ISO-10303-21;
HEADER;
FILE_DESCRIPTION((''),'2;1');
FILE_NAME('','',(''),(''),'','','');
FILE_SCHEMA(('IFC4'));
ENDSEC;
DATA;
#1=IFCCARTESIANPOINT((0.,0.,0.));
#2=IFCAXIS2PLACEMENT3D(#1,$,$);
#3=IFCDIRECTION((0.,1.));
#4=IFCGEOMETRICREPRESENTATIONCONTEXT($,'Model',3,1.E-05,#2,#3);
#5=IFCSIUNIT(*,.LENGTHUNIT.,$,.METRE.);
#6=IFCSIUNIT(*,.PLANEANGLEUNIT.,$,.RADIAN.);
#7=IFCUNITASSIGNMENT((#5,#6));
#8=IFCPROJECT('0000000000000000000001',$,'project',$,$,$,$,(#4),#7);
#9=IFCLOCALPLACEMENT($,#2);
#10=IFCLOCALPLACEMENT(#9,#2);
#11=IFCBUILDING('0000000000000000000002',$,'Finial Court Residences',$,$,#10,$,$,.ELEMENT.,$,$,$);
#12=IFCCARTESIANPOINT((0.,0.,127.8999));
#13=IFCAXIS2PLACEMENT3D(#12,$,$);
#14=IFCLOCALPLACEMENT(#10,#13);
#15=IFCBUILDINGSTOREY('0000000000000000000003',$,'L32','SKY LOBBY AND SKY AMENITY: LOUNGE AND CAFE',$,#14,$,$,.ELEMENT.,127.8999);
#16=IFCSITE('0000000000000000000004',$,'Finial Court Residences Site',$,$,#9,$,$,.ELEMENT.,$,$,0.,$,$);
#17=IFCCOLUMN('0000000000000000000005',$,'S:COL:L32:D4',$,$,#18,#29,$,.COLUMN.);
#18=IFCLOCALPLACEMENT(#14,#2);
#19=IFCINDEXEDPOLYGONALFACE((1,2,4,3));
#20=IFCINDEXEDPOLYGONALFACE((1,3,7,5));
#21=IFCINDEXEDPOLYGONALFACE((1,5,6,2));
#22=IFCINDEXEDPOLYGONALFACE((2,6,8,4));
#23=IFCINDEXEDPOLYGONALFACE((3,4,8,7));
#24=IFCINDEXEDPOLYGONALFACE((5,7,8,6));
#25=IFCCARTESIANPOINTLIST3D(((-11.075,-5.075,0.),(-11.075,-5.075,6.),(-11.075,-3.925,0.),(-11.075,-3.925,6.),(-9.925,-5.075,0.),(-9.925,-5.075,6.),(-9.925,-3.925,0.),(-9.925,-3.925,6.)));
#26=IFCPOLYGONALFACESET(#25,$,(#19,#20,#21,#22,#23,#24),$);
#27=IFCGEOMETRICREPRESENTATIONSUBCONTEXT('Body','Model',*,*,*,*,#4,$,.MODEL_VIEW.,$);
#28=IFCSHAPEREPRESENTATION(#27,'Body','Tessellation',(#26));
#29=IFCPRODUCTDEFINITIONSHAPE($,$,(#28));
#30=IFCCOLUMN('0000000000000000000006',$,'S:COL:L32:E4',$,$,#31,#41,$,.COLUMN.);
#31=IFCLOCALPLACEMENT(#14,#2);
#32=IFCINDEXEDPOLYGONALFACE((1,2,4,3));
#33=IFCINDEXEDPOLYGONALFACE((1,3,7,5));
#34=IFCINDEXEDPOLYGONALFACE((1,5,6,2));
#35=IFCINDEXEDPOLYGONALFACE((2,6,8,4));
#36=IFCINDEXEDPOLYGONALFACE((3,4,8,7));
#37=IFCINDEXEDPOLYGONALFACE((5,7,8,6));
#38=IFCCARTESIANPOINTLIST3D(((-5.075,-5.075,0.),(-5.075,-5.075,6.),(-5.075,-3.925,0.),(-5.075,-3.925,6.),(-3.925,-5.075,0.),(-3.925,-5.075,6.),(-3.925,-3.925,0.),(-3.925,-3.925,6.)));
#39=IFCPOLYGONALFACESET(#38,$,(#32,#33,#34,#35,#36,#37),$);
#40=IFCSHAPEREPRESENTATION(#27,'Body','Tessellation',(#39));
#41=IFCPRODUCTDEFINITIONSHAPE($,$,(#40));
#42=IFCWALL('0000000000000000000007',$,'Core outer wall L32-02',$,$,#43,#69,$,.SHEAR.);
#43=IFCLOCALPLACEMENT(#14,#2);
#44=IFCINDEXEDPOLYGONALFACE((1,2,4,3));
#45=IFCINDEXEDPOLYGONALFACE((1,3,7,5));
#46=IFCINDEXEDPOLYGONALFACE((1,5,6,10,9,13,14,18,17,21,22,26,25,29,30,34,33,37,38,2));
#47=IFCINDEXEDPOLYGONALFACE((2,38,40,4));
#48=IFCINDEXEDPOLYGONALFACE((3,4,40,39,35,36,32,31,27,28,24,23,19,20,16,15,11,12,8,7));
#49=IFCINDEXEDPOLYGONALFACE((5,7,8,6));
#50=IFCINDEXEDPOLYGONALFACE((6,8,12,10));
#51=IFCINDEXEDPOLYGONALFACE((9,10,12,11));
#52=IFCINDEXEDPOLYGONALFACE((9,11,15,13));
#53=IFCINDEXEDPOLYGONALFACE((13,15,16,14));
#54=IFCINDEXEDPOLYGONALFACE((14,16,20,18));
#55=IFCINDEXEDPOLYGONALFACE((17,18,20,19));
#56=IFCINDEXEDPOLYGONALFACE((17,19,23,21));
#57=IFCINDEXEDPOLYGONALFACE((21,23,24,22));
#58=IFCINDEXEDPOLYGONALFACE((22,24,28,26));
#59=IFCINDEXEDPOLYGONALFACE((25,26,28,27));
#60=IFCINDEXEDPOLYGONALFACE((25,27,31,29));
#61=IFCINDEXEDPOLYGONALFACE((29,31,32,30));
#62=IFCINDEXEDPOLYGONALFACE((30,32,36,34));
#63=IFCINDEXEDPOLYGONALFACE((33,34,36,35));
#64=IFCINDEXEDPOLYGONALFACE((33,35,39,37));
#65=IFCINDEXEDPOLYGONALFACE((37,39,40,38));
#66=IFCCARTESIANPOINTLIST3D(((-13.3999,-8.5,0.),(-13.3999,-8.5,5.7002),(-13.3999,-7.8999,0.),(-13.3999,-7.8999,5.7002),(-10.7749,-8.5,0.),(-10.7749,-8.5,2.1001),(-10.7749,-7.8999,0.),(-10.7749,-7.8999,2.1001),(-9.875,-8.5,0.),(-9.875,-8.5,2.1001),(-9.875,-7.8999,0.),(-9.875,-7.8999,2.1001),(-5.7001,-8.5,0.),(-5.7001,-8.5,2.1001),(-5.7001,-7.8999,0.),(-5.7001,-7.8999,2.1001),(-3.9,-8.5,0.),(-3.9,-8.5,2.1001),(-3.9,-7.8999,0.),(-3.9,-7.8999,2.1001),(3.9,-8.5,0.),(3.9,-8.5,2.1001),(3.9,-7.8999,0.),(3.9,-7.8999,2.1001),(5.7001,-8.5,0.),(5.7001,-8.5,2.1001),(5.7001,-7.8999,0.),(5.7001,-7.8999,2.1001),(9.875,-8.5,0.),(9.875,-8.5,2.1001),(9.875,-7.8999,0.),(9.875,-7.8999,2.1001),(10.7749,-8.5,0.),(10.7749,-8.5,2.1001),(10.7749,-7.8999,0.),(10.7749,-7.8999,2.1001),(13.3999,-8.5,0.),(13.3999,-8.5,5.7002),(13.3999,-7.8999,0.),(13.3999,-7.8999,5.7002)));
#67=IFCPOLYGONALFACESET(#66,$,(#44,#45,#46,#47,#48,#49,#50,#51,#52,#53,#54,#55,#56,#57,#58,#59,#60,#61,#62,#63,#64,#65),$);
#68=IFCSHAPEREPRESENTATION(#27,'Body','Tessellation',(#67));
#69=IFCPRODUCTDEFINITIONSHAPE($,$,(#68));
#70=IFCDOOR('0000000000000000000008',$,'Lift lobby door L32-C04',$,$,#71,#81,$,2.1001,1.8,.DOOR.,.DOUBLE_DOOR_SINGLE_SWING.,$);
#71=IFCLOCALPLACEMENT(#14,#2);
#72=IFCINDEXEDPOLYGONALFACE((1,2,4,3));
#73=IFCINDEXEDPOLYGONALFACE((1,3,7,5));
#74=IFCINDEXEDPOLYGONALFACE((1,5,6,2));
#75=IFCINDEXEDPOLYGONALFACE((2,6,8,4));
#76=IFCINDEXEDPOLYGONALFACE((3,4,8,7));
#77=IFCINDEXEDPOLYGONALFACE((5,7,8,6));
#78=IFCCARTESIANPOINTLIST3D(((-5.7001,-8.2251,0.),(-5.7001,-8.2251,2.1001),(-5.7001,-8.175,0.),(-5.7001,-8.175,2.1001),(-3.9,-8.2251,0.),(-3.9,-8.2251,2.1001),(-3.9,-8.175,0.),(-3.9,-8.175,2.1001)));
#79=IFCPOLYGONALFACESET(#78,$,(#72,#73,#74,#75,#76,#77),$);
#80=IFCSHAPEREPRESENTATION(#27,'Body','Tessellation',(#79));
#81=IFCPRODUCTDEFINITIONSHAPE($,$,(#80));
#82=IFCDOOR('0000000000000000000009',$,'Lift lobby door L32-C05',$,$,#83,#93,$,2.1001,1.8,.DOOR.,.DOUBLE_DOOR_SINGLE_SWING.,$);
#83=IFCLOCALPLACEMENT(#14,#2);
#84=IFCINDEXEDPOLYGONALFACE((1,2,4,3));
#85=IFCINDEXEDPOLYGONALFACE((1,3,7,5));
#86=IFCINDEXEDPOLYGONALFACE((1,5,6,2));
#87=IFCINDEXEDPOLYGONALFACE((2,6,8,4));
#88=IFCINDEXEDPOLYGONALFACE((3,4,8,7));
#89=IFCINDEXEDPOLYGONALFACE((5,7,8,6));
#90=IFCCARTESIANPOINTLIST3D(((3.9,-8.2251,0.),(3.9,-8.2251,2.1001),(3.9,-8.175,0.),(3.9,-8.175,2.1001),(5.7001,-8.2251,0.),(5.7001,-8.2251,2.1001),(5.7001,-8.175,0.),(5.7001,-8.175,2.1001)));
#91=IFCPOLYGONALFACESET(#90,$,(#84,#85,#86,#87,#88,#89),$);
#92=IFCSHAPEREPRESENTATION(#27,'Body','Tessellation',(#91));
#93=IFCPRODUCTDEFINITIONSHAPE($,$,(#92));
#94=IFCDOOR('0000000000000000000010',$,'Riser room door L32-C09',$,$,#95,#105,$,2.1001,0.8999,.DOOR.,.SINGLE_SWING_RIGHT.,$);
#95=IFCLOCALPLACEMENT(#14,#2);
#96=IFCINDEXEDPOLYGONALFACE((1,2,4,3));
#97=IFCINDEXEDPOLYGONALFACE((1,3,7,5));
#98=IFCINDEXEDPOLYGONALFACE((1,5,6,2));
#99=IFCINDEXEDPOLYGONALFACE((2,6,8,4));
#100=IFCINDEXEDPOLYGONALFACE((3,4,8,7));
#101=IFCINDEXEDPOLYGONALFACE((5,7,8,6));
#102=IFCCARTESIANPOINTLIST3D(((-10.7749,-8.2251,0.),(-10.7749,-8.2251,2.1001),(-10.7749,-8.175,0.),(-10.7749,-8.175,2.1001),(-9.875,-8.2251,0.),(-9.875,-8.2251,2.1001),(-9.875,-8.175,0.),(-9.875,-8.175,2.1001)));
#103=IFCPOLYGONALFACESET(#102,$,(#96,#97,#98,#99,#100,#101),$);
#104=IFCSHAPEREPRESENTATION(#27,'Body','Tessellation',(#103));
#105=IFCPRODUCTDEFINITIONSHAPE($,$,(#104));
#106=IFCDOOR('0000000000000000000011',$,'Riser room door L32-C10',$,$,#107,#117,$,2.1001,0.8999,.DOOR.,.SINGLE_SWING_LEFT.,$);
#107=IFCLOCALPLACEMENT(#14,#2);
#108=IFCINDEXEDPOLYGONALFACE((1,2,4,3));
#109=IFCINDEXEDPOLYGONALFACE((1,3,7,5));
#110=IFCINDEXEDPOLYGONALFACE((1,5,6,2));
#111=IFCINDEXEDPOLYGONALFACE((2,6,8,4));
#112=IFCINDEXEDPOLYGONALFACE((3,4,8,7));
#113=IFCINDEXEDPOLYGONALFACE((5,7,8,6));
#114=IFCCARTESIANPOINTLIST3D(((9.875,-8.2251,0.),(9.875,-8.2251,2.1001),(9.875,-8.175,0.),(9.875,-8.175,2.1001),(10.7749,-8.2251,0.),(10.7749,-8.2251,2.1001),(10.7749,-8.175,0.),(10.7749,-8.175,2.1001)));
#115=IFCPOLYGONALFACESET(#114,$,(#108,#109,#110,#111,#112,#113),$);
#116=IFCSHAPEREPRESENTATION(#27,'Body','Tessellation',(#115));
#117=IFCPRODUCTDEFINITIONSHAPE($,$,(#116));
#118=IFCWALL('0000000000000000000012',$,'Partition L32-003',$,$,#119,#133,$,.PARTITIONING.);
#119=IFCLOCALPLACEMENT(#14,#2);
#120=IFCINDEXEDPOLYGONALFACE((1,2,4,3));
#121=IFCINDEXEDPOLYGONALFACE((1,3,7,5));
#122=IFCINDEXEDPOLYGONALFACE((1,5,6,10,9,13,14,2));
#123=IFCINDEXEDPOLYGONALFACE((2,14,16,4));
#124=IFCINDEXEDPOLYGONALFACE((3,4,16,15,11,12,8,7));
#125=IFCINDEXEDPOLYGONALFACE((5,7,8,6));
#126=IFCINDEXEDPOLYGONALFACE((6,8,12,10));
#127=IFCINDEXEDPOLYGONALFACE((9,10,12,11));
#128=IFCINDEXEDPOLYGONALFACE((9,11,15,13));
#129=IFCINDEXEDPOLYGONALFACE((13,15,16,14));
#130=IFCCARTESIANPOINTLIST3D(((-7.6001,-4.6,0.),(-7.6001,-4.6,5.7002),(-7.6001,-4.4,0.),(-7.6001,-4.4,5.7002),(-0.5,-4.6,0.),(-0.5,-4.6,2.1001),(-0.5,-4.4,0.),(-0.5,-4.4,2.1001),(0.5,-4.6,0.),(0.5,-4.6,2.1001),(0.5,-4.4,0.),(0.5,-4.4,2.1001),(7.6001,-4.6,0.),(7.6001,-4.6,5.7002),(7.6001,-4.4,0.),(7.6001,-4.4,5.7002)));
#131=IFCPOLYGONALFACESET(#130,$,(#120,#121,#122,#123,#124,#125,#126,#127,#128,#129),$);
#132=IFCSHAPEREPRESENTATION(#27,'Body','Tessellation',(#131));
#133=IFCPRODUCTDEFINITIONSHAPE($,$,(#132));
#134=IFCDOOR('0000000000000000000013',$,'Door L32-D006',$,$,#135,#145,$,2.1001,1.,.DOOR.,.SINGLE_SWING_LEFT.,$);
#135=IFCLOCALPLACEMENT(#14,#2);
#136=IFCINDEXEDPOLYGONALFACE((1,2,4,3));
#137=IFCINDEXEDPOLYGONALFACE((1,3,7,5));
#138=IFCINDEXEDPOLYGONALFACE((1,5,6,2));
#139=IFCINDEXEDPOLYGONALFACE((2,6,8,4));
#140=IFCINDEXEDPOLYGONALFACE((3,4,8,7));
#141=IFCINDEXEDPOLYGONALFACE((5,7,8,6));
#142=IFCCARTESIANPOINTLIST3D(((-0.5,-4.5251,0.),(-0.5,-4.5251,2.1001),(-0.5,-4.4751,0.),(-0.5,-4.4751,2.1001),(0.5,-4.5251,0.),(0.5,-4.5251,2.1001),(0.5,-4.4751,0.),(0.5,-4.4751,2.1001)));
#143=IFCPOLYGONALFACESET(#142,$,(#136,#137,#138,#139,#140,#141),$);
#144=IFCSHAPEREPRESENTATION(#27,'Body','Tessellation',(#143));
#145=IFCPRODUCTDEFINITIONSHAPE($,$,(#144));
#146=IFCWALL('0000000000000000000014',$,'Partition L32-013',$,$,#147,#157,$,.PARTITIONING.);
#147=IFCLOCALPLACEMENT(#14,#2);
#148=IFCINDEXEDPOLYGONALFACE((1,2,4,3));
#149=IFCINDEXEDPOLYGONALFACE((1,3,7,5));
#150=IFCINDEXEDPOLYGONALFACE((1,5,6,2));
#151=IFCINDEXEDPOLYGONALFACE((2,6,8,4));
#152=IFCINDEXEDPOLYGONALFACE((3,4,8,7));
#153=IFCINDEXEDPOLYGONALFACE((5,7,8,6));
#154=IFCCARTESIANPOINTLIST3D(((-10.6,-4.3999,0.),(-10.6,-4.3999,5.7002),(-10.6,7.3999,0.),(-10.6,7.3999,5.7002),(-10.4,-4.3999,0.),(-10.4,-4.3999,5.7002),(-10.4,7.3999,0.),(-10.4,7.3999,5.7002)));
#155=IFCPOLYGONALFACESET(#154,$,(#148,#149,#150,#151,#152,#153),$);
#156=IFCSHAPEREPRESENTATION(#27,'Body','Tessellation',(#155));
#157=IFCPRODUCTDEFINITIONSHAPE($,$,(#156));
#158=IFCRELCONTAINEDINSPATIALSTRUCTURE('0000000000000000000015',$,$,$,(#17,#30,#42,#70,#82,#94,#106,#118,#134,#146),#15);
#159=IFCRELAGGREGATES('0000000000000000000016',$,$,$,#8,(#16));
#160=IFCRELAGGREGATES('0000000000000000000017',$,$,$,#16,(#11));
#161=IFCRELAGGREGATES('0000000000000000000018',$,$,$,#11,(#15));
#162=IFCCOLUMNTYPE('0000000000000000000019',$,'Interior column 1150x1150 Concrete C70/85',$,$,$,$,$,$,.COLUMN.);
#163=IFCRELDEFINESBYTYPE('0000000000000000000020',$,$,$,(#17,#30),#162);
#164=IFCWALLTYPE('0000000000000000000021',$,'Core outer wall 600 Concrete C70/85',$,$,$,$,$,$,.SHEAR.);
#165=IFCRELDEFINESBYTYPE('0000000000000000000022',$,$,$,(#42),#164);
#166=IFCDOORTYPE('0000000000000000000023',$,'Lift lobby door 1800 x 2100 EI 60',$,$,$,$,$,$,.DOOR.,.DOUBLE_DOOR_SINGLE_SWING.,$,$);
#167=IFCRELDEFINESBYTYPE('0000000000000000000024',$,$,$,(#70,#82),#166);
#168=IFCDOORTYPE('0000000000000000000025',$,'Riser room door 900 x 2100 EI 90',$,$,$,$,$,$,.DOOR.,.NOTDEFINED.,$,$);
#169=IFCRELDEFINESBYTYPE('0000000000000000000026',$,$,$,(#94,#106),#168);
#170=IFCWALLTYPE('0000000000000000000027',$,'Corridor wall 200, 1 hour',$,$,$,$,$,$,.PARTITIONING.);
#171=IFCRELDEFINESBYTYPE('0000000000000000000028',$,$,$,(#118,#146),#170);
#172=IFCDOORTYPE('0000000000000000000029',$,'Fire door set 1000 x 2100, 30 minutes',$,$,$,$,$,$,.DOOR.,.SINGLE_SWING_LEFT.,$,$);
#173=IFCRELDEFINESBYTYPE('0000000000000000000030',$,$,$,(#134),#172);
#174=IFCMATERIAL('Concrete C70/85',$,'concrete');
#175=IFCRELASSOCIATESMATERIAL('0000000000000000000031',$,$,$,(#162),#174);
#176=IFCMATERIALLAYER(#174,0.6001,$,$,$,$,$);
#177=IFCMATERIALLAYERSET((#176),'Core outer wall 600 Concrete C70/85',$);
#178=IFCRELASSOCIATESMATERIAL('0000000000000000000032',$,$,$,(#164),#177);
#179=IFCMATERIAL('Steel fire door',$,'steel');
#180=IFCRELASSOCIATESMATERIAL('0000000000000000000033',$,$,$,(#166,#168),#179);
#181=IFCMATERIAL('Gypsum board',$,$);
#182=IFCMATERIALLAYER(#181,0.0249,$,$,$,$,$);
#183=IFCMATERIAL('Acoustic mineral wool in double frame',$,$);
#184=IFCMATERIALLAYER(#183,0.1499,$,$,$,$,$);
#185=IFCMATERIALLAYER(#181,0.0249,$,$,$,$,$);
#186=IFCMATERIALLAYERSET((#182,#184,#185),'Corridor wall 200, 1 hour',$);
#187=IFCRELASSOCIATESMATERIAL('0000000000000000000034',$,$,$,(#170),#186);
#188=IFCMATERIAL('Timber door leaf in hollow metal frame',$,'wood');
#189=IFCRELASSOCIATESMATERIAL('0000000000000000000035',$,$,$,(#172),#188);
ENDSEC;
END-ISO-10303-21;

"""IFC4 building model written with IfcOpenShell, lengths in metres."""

from ifc_helpers import new_model, si_unit, direction, frame, frame_2d, origin, origin_2d, place, context, subcontext, project, spatial, rectangle, extrude, material, layer, layer_set, material_profile, profile_set, type_object, element, fill, save


model = new_model("IFC4")

# Units and contexts
model_context = context("Model", 3, precision=1e-05, world=origin(), true_north=direction((0.0, 1.0)))
body_context = subcontext(model_context, "Body", "Model", "MODEL_VIEW")
ifc_project = project(units=[si_unit("LENGTHUNIT", "METRE"), si_unit("PLANEANGLEUNIT", "RADIAN")], contexts=[model_context])

# Site, building, storey
site_placement = place(None, origin())
site = spatial("IfcSite", under=ifc_project, at=site_placement, Name="Finial Court Residences Site", CompositionType="ELEMENT", RefElevation=0.0)
building_placement = place(site_placement, origin())
building = spatial("IfcBuilding", under=site, at=building_placement, Name="Finial Court Residences", CompositionType="ELEMENT")
storey_placement = place(building_placement, frame((0.0, 0.0, 127.8999)))
storey = spatial("IfcBuildingStorey", under=building, at=storey_placement, Name="L32", Description="SKY LOBBY AND SKY AMENITY: LOUNGE AND CAFE", CompositionType="ELEMENT", Elevation=127.8999)

# Columns
ifc_material_1 = material(Name="Concrete C70/85", Category="concrete")
ifc_material_profile = material_profile(ifc_material_1, rectangle(XDim=1.1499, YDim=1.1499, at=origin_2d()), Name="1150x1150")
ifc_profile_set = profile_set([ifc_material_profile], Name="Concrete C70/85")
column_type = type_object("IfcColumnType", Name="Interior column 1150x1150 Concrete C70/85", PredefinedType="COLUMN", material=ifc_profile_set)
for number, where, z_axis, x_axis, name in (
    (1, (-10.5, -4.5, 0.0), (0.0, 0.0, 1.0), (1.0, 0.0, 0.0), "S:COL:L32:D4"),
    (2, (-4.5, -4.5, 0.0), (0.0, 0.0, 1.0), (1.0, 0.0, 0.0), "S:COL:L32:E4"),
):
    element("IfcColumn", number, at=place(storey_placement, frame(where, z_axis=z_axis, x_axis=x_axis)), inside=storey, type_object=column_type, Name=name, PredefinedType="COLUMN", context=body_context, shape_type="SweptSolid", body=[
        extrude(rectangle(XDim=1.1499, YDim=1.1499, at=origin_2d()), origin(), (0.0, 0.0, 1.0), 6.0),
    ])

# Wall, openings, doors
ifc_layer_1 = layer(ifc_material_1, 0.6001)
ifc_layer_set_1 = layer_set([ifc_layer_1], Name="Core outer wall 600 Concrete C70/85")
wall_type_1 = type_object("IfcWallType", Name="Core outer wall 600 Concrete C70/85", PredefinedType="SHEAR", material=ifc_layer_set_1)
wall_1_placement = place(storey_placement, frame((-13.3999, -8.2, 0.0), z_axis=(0.0, 0.0, 1.0), x_axis=(1.0, 0.0, 0.0)))
wall_1 = element("IfcWall", 3, at=wall_1_placement, inside=storey, type_object=wall_type_1, Name="Core outer wall L32-02", PredefinedType="SHEAR", context=body_context, shape_type="SweptSolid", body=[
    extrude(rectangle(XDim=26.7998, YDim=0.6001, at=frame_2d((13.3999, 0.0))), origin(), (0.0, 0.0, 1.0), 5.7002),
])
opening_1_placement = place(wall_1_placement, frame((7.7, 0.0, 0.0)))
opening_1 = element("IfcOpeningElement", 4, at=opening_1_placement, cuts=wall_1, PredefinedType="OPENING", context=body_context, shape_type="SweptSolid", body=[
    extrude(rectangle(XDim=1.8, YDim=2.1001, at=frame_2d((0.8999, 1.05))), frame((0.0, 0.3101, 0.0), z_axis=(0.0, -1.0, 0.0), x_axis=(1.0, 0.0, 0.0)), (0.0, 0.0, 1.0), 0.6201),
])
opening_2_placement = place(wall_1_placement, frame((17.3, 0.0, 0.0)))
opening_2 = element("IfcOpeningElement", 5, at=opening_2_placement, cuts=wall_1, PredefinedType="OPENING", context=body_context, shape_type="SweptSolid", body=[
    extrude(rectangle(XDim=1.8, YDim=2.1001, at=frame_2d((0.8999, 1.05))), frame((0.0, 0.3101, 0.0), z_axis=(0.0, -1.0, 0.0), x_axis=(1.0, 0.0, 0.0)), (0.0, 0.0, 1.0), 0.6201),
])
opening_3_placement = place(wall_1_placement, frame((2.625, 0.0, 0.0)))
opening_3 = element("IfcOpeningElement", 6, at=opening_3_placement, cuts=wall_1, PredefinedType="OPENING", context=body_context, shape_type="SweptSolid", body=[
    extrude(rectangle(XDim=0.8999, YDim=2.1001, at=frame_2d((0.45, 1.05))), frame((0.0, 0.3101, 0.0), z_axis=(0.0, -1.0, 0.0), x_axis=(1.0, 0.0, 0.0)), (0.0, 0.0, 1.0), 0.6201),
])
opening_4_placement = place(wall_1_placement, frame((23.2749, 0.0, 0.0)))
opening_4 = element("IfcOpeningElement", 7, at=opening_4_placement, cuts=wall_1, PredefinedType="OPENING", context=body_context, shape_type="SweptSolid", body=[
    extrude(rectangle(XDim=0.8999, YDim=2.1001, at=frame_2d((0.45, 1.05))), frame((0.0, 0.3101, 0.0), z_axis=(0.0, -1.0, 0.0), x_axis=(1.0, 0.0, 0.0)), (0.0, 0.0, 1.0), 0.6201),
])
ifc_material_2 = material(Name="Steel fire door", Category="steel")
door_type_1 = type_object("IfcDoorType", Name="Lift lobby door 1800 x 2100 EI 60", OperationType="DOUBLE_DOOR_SINGLE_SWING", PredefinedType="DOOR", material=ifc_material_2)
door_1_placement = place(opening_1_placement, origin())
door_1 = element("IfcDoor", 8, at=door_1_placement, inside=storey, type_object=door_type_1, Name="Lift lobby door L32-C04", OperationType="DOUBLE_DOOR_SINGLE_SWING", OverallHeight=2.1001, OverallWidth=1.8, PredefinedType="DOOR", context=body_context, shape_type="SweptSolid", body=[
    extrude(rectangle(XDim=1.8, YDim=2.1001, at=frame_2d((0.8999, 1.05))), frame((0.0, 0.0249, 0.0), z_axis=(0.0, -1.0, 0.0), x_axis=(1.0, 0.0, 0.0)), (0.0, 0.0, 1.0), 0.05),
])
fill(opening_1, door_1)
door_2_placement = place(opening_2_placement, origin())
door_2 = element("IfcDoor", 9, at=door_2_placement, inside=storey, type_object=door_type_1, Name="Lift lobby door L32-C05", OperationType="DOUBLE_DOOR_SINGLE_SWING", OverallHeight=2.1001, OverallWidth=1.8, PredefinedType="DOOR", context=body_context, shape_type="SweptSolid", body=[
    extrude(rectangle(XDim=1.8, YDim=2.1001, at=frame_2d((0.8999, 1.05))), frame((0.0, 0.0249, 0.0), z_axis=(0.0, -1.0, 0.0), x_axis=(1.0, 0.0, 0.0)), (0.0, 0.0, 1.0), 0.05),
])
fill(opening_2, door_2)
door_type_2 = type_object("IfcDoorType", Name="Riser room door 900 x 2100 EI 90", OperationType="NOTDEFINED", PredefinedType="DOOR", material=ifc_material_2)
door_3_placement = place(opening_3_placement, origin())
door_3 = element("IfcDoor", 10, at=door_3_placement, inside=storey, type_object=door_type_2, Name="Riser room door L32-C09", OperationType="SINGLE_SWING_RIGHT", OverallHeight=2.1001, OverallWidth=0.8999, PredefinedType="DOOR", context=body_context, shape_type="SweptSolid", body=[
    extrude(rectangle(XDim=0.8999, YDim=2.1001, at=frame_2d((0.45, 1.05))), frame((0.0, 0.0249, 0.0), z_axis=(0.0, -1.0, 0.0), x_axis=(1.0, 0.0, 0.0)), (0.0, 0.0, 1.0), 0.05),
])
fill(opening_3, door_3)
door_4_placement = place(opening_4_placement, origin())
door_4 = element("IfcDoor", 11, at=door_4_placement, inside=storey, type_object=door_type_2, Name="Riser room door L32-C10", OperationType="SINGLE_SWING_LEFT", OverallHeight=2.1001, OverallWidth=0.8999, PredefinedType="DOOR", context=body_context, shape_type="SweptSolid", body=[
    extrude(rectangle(XDim=0.8999, YDim=2.1001, at=frame_2d((0.45, 1.05))), frame((0.0, 0.0249, 0.0), z_axis=(0.0, -1.0, 0.0), x_axis=(1.0, 0.0, 0.0)), (0.0, 0.0, 1.0), 0.05),
])
fill(opening_4, door_4)

# Wall, opening, door
ifc_material_3 = material(Name="Gypsum board")
ifc_layer_2 = layer(ifc_material_3, 0.0249)
ifc_material_4 = material(Name="Acoustic mineral wool in double frame")
ifc_layer_3 = layer(ifc_material_4, 0.1499)
ifc_layer_4 = layer(ifc_material_3, 0.0249)
ifc_layer_set_2 = layer_set([ifc_layer_2, ifc_layer_3, ifc_layer_4], Name="Corridor wall 200, 1 hour")
wall_type_2 = type_object("IfcWallType", Name="Corridor wall 200, 1 hour", PredefinedType="PARTITIONING", material=ifc_layer_set_2)
wall_2_placement = place(storey_placement, frame((-7.6001, -4.5, 0.0), z_axis=(0.0, 0.0, 1.0), x_axis=(1.0, 0.0, 0.0)))
wall_2 = element("IfcWall", 12, at=wall_2_placement, inside=storey, type_object=wall_type_2, Name="Partition L32-003", PredefinedType="PARTITIONING", context=body_context, shape_type="SweptSolid", body=[
    extrude(rectangle(XDim=15.2002, YDim=0.2, at=frame_2d((7.6001, 0.0))), origin(), (0.0, 0.0, 1.0), 5.7002),
])
opening_5_placement = place(wall_2_placement, frame((7.1001, 0.0, 0.0)))
opening_5 = element("IfcOpeningElement", 13, at=opening_5_placement, cuts=wall_2, PredefinedType="OPENING", context=body_context, shape_type="SweptSolid", body=[
    extrude(rectangle(XDim=1.0, YDim=2.1001, at=frame_2d((0.5, 1.05))), frame((0.0, 0.1099, 0.0), z_axis=(0.0, -1.0, 0.0), x_axis=(1.0, 0.0, 0.0)), (0.0, 0.0, 1.0), 0.22),
])
ifc_material_5 = material(Name="Timber door leaf in hollow metal frame", Category="wood")
door_type_3 = type_object("IfcDoorType", Name="Fire door set 1000 x 2100, 30 minutes", OperationType="SINGLE_SWING_LEFT", PredefinedType="DOOR", material=ifc_material_5)
door_5_placement = place(opening_5_placement, origin())
door_5 = element("IfcDoor", 14, at=door_5_placement, inside=storey, type_object=door_type_3, Name="Door L32-D006", OperationType="SINGLE_SWING_LEFT", OverallHeight=2.1001, OverallWidth=1.0, PredefinedType="DOOR", context=body_context, shape_type="SweptSolid", body=[
    extrude(rectangle(XDim=1.0, YDim=2.1001, at=frame_2d((0.5, 1.05))), frame((0.0, 0.0249, 0.0), z_axis=(0.0, -1.0, 0.0), x_axis=(1.0, 0.0, 0.0)), (0.0, 0.0, 1.0), 0.05),
])
fill(opening_5, door_5)

# Wall
wall_3_placement = place(storey_placement, frame((-10.5, -4.3999, 0.0), z_axis=(0.0, 0.0, 1.0), x_axis=(0.0, 1.0, 0.0)))
element("IfcWall", 15, at=wall_3_placement, inside=storey, type_object=wall_type_2, Name="Partition L32-013", PredefinedType="PARTITIONING", context=body_context, shape_type="SweptSolid", body=[
    extrude(rectangle(XDim=11.7998, YDim=0.2, at=frame_2d((5.8999, 0.0))), origin(), (0.0, 0.0, 1.0), 5.7002),
])

save(model, "model.ifc")
